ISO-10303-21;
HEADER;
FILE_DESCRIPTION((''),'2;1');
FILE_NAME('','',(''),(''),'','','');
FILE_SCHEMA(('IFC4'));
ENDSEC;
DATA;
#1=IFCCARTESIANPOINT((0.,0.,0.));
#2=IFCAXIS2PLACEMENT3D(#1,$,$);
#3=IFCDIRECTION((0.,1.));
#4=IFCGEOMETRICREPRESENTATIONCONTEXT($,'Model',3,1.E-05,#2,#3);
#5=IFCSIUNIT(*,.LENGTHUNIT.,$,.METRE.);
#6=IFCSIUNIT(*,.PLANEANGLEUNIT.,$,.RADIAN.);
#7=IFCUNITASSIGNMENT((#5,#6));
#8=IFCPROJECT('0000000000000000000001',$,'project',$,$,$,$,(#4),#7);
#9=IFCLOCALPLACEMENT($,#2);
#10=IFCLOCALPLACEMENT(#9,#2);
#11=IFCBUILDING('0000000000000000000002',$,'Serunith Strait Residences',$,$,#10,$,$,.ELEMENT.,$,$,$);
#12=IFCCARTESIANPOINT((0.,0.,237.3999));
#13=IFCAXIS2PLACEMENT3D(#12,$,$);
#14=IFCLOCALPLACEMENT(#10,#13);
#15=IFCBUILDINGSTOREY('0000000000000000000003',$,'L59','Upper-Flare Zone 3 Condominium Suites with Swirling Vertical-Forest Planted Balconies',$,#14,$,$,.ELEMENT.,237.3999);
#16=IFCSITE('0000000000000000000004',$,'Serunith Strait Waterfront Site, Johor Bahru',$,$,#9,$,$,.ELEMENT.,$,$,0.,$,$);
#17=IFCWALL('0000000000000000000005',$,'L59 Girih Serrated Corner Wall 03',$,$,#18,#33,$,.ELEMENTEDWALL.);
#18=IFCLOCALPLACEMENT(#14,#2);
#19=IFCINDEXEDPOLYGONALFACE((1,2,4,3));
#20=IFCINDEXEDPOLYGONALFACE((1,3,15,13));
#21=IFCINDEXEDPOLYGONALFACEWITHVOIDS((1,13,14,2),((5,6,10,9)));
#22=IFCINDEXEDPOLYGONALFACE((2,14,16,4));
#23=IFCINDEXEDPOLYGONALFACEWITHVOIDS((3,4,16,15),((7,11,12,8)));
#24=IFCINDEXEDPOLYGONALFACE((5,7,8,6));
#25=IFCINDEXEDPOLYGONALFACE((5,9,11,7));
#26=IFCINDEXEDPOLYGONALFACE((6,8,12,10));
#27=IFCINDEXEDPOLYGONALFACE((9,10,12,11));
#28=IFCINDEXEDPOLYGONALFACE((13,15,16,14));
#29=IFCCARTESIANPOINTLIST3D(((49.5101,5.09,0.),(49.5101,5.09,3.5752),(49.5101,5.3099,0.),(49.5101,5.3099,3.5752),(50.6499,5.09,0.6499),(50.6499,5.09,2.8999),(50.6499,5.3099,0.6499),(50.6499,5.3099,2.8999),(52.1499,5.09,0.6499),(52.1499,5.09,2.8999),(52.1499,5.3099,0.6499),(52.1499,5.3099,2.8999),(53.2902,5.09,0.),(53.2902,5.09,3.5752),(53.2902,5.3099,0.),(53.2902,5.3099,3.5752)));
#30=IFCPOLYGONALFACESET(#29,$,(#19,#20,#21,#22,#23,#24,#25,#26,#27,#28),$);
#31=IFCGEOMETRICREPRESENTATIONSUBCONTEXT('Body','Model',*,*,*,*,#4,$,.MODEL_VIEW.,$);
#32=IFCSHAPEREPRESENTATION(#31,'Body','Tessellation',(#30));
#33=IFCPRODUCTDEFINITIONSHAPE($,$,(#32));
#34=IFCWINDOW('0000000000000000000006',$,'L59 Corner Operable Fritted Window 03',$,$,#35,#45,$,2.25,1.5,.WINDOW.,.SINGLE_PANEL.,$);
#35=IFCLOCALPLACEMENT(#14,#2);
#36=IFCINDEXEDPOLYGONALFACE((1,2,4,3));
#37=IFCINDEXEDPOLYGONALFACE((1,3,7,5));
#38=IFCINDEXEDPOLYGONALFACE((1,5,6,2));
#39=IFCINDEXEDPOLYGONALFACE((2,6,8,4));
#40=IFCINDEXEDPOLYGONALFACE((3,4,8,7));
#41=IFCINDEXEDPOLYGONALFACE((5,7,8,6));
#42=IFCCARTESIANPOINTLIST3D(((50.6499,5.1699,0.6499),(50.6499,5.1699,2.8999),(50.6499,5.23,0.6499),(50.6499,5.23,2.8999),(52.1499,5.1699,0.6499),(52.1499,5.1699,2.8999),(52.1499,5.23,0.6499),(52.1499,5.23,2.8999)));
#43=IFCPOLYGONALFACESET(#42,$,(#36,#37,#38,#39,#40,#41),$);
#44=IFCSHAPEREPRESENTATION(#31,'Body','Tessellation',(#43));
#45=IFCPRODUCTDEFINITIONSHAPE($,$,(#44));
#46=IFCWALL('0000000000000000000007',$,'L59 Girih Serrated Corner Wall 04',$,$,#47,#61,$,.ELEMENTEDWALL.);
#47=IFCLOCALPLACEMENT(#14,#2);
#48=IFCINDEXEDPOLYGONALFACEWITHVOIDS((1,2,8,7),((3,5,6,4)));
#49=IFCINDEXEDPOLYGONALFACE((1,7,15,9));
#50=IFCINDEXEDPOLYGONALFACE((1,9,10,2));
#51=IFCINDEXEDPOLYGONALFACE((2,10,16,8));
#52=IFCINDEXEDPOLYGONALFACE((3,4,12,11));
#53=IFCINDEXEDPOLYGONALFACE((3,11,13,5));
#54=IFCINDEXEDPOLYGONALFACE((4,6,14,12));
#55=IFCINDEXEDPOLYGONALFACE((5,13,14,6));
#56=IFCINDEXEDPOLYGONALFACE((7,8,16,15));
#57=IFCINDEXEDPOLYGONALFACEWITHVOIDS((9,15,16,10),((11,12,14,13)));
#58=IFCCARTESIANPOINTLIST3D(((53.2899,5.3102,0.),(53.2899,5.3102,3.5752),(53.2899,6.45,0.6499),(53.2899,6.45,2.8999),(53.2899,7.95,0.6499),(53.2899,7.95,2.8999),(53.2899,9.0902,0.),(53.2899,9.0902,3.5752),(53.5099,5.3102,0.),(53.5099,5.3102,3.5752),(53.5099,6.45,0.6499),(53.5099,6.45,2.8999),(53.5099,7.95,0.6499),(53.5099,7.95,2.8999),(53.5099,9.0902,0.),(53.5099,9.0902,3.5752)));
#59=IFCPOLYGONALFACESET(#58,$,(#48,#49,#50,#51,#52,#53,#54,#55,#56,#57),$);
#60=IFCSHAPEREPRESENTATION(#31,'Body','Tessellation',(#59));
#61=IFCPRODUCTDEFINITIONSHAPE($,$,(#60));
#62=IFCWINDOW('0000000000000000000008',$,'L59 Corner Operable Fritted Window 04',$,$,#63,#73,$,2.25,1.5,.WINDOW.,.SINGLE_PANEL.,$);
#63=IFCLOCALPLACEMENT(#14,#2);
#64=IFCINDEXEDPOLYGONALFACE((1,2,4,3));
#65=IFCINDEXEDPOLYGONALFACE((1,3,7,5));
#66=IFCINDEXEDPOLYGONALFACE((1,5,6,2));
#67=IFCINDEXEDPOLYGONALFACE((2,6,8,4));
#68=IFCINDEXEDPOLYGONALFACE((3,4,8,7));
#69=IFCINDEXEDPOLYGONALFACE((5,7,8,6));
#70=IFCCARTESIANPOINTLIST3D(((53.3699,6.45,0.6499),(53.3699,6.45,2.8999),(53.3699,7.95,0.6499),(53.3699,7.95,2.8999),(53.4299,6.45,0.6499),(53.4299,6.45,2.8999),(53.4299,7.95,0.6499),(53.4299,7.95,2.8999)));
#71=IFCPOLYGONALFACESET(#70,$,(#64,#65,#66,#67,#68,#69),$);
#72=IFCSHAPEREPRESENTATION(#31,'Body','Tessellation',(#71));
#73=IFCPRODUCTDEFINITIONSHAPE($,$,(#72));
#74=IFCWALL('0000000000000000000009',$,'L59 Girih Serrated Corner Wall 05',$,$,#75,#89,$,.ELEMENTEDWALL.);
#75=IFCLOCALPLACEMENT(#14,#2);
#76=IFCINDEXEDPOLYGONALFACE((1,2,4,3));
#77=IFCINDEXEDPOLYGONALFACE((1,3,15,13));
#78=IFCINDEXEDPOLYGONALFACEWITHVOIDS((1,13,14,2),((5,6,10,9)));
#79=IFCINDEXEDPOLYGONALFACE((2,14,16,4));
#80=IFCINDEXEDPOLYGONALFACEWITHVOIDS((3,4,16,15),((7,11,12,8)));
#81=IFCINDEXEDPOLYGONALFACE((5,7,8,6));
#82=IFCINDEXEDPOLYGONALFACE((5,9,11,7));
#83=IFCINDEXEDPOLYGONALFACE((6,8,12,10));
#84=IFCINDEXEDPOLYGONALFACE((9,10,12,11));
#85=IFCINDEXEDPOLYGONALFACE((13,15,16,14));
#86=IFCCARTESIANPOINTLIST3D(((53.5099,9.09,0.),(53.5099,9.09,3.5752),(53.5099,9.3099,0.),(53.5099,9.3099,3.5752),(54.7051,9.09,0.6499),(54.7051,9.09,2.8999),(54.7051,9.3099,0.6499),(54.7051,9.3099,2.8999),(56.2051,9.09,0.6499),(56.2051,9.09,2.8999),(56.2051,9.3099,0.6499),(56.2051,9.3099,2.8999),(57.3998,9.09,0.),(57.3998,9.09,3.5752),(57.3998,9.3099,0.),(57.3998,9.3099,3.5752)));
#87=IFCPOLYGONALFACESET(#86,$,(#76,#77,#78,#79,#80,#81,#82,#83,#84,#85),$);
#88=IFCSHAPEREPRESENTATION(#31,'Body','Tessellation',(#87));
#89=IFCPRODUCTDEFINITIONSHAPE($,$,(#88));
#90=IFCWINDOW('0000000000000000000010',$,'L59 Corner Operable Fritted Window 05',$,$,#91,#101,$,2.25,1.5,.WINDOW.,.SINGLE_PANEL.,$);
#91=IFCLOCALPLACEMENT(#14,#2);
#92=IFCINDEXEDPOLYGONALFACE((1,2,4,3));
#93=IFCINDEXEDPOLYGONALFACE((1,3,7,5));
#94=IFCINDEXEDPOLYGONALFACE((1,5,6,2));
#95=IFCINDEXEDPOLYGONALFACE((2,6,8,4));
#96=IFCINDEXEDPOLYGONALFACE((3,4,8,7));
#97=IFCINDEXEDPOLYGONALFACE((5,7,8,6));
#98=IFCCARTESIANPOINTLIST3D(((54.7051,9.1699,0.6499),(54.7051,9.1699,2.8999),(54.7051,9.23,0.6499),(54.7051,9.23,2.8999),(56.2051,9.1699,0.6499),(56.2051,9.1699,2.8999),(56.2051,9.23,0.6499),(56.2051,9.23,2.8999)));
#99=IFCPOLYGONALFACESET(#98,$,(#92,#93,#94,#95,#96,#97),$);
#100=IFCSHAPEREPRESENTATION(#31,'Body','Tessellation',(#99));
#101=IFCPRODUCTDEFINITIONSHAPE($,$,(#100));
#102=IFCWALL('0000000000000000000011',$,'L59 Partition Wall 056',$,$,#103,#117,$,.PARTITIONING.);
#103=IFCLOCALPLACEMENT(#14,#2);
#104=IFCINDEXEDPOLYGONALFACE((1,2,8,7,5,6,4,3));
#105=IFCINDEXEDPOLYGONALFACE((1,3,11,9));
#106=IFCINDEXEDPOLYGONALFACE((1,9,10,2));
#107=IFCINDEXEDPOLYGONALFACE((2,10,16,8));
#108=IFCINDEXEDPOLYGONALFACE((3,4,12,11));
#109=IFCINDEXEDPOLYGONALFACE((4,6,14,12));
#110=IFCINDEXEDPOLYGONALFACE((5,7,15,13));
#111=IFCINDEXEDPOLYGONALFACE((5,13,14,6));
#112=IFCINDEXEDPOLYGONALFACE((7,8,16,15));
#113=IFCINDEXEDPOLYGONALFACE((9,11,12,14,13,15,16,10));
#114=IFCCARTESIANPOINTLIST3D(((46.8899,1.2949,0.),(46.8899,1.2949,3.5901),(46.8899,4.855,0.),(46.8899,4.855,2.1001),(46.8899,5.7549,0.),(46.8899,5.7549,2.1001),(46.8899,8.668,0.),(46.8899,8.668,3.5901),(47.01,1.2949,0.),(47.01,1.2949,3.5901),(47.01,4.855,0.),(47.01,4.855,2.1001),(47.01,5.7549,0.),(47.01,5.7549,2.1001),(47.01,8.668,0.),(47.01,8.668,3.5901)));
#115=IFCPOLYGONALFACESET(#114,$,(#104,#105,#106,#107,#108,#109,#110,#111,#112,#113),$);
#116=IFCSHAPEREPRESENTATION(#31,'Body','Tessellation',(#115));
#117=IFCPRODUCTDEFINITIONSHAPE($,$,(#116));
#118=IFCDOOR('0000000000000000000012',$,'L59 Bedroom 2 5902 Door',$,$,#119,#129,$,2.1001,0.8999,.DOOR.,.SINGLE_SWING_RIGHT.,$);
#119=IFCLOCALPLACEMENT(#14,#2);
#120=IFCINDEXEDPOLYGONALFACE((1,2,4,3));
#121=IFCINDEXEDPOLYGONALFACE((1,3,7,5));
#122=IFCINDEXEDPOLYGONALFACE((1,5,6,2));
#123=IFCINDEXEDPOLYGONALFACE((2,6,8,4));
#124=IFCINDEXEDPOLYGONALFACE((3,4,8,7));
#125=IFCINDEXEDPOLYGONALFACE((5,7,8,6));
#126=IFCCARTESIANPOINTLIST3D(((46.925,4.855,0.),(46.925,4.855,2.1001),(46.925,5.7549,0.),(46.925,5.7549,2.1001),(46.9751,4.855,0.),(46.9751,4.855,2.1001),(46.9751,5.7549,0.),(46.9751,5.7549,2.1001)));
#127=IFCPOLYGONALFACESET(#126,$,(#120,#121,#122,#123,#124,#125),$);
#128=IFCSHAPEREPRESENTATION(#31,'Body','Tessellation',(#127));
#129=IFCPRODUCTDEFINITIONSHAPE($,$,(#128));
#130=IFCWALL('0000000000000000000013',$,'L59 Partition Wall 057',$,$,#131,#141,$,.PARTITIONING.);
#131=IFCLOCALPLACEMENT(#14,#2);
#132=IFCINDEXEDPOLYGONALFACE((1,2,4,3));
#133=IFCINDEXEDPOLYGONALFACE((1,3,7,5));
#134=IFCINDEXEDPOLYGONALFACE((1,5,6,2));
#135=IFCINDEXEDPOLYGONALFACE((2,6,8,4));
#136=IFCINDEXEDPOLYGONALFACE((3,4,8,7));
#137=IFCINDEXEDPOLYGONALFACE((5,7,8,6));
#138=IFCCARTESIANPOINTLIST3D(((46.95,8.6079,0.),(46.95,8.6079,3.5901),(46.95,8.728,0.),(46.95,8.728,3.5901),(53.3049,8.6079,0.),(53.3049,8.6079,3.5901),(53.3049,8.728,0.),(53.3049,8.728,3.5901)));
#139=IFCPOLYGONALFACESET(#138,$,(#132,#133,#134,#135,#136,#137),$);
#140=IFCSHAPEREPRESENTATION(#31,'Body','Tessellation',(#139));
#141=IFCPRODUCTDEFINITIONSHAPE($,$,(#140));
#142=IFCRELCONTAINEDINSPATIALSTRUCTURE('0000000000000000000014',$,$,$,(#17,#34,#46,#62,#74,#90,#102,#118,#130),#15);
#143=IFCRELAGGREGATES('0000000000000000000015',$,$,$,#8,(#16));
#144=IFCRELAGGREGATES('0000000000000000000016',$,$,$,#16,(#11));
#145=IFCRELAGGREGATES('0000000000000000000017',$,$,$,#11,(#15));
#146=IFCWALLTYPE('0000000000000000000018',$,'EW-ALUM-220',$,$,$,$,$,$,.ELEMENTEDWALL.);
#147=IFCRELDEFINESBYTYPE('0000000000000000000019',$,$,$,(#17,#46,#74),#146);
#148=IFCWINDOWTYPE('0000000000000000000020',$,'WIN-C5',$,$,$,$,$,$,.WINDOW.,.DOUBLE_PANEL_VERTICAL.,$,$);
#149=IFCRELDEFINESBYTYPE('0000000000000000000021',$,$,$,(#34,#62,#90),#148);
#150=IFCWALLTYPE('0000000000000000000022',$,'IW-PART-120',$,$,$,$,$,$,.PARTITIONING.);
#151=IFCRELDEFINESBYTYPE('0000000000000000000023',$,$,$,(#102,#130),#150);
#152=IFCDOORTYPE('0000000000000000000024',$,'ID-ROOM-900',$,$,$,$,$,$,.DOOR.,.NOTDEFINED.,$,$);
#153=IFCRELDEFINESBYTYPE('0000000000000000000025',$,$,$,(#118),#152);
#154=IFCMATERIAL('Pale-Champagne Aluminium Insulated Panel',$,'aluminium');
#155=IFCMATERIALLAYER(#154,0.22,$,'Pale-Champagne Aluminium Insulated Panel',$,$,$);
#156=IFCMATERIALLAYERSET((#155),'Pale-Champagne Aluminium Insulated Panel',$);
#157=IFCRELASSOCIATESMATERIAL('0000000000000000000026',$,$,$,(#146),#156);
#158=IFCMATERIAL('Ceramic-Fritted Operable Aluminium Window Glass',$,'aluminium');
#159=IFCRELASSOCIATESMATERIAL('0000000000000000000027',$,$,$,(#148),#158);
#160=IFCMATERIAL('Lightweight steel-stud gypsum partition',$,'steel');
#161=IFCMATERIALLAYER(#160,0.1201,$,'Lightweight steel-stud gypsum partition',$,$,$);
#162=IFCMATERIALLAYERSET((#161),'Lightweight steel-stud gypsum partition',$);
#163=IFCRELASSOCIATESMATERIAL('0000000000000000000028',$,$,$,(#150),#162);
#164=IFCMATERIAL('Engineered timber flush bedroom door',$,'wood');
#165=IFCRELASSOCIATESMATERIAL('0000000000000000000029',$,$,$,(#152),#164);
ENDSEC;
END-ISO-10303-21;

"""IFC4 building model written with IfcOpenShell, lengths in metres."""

from ifc_helpers import new_model, si_unit, direction, frame, frame_2d, origin, place, context, subcontext, project, spatial, rectangle, extrude, source, transform, mapped, material, layer, layer_set, type_object, element, fill, save


model = new_model("IFC4")

# Units and contexts
model_context = context("Model", 3, precision=1e-05, world=origin(), true_north=direction((0.0, 1.0)))
body_context = subcontext(model_context, "Body", "Model", "MODEL_VIEW")
ifc_project = project(units=[si_unit("LENGTHUNIT", "METRE"), si_unit("PLANEANGLEUNIT", "RADIAN")], contexts=[model_context])

# Site, building, storey
site_placement = place(None, origin())
site = spatial("IfcSite", under=ifc_project, at=site_placement, Name="Serunith Strait Waterfront Site, Johor Bahru", CompositionType="ELEMENT", RefElevation=0.0)
building_placement = place(site_placement, origin())
building = spatial("IfcBuilding", under=site, at=building_placement, Name="Serunith Strait Residences", CompositionType="ELEMENT")
storey_placement = place(building_placement, frame((0.0, 0.0, 237.3999)))
storey = spatial("IfcBuildingStorey", under=building, at=storey_placement, Name="L59", Description="Upper-Flare Zone 3 Condominium Suites with Swirling Vertical-Forest Planted Balconies", CompositionType="ELEMENT", Elevation=237.3999)

# Walls, openings, windows
ifc_material_1 = material(Name="Pale-Champagne Aluminium Insulated Panel", Category="aluminium")
ifc_layer_1 = layer(ifc_material_1, 0.22, Name="Pale-Champagne Aluminium Insulated Panel")
ifc_layer_set_1 = layer_set([ifc_layer_1], Name="Pale-Champagne Aluminium Insulated Panel")
wall_type_1 = type_object("IfcWallType", Name="EW-ALUM-220", PredefinedType="ELEMENTEDWALL", material=ifc_layer_set_1)
ifc_material_2 = material(Name="Ceramic-Fritted Operable Aluminium Window Glass", Category="aluminium")
window_type = type_object("IfcWindowType", Name="WIN-C5", PartitioningType="DOUBLE_PANEL_VERTICAL", PredefinedType="WINDOW", material=ifc_material_2)
shared_shape_1 = source(origin(), body_context, "Body", "SweptSolid", [
    extrude(rectangle(XDim=1.5, YDim=2.25, at=frame_2d((0.75, 1.125))), frame((0.0, 0.03, 0.0), z_axis=(0.0, -1.0, 0.0), x_axis=(1.0, 0.0, 0.0)), (0.0, 0.0, 1.0), 0.0601),
])
wall_1_placement = place(storey_placement, frame((49.51, 5.2, 0.0), z_axis=(0.0, 0.0, 1.0), x_axis=(1.0, 0.0, 0.0)))
wall_1 = element("IfcWall", 1, at=wall_1_placement, inside=storey, type_object=wall_type_1, Name="L59 Girih Serrated Corner Wall 03", PredefinedType="ELEMENTEDWALL", context=body_context, shape_type="SweptSolid", body=[
    extrude(rectangle(XDim=3.78, YDim=0.22, at=frame_2d((1.8901, 0.0))), origin(), (0.0, 0.0, 1.0), 3.5752),
])
opening_1_placement = place(wall_1_placement, frame((1.1399, 0.0, 0.6499)))
opening_1 = element("IfcOpeningElement", 2, at=opening_1_placement, cuts=wall_1, PredefinedType="OPENING", context=body_context, shape_type="SweptSolid", body=[
    extrude(rectangle(XDim=1.5, YDim=2.25, at=frame_2d((0.75, 1.125))), frame((0.0, 0.1201, 0.0), z_axis=(0.0, -1.0, 0.0), x_axis=(1.0, 0.0, 0.0)), (0.0, 0.0, 1.0), 0.24),
])
window_1_placement = place(opening_1_placement, origin())
window_1 = element("IfcWindow", 3, at=window_1_placement, inside=storey, type_object=window_type, Name="L59 Corner Operable Fritted Window 03", OverallHeight=2.25, OverallWidth=1.5, PartitioningType="SINGLE_PANEL", PredefinedType="WINDOW", context=body_context, shape_type="MappedRepresentation", body=[
    mapped(shared_shape_1, transform((0.0, 0.0, 0.0), scale=1.0)),
])
fill(opening_1, window_1)
wall_2_placement = place(storey_placement, frame((53.3999, 5.3101, 0.0), z_axis=(0.0, 0.0, 1.0), x_axis=(0.0, 1.0, 0.0)))
wall_2 = element("IfcWall", 4, at=wall_2_placement, inside=storey, type_object=wall_type_1, Name="L59 Girih Serrated Corner Wall 04", PredefinedType="ELEMENTEDWALL", context=body_context, shape_type="SweptSolid", body=[
    extrude(rectangle(XDim=3.78, YDim=0.22, at=frame_2d((1.8901, 0.0))), origin(), (0.0, 0.0, 1.0), 3.5752),
])
opening_2_placement = place(wall_2_placement, frame((1.1399, 0.0, 0.6499)))
opening_2 = element("IfcOpeningElement", 5, at=opening_2_placement, cuts=wall_2, PredefinedType="OPENING", context=body_context, shape_type="SweptSolid", body=[
    extrude(rectangle(XDim=1.5, YDim=2.25, at=frame_2d((0.75, 1.125))), frame((0.0, 0.1201, 0.0), z_axis=(0.0, -1.0, 0.0), x_axis=(1.0, 0.0, 0.0)), (0.0, 0.0, 1.0), 0.24),
])
window_2_placement = place(opening_2_placement, origin())
window_2 = element("IfcWindow", 6, at=window_2_placement, inside=storey, type_object=window_type, Name="L59 Corner Operable Fritted Window 04", OverallHeight=2.25, OverallWidth=1.5, PartitioningType="SINGLE_PANEL", PredefinedType="WINDOW", context=body_context, shape_type="MappedRepresentation", body=[
    mapped(shared_shape_1, transform((0.0, 0.0, 0.0), scale=1.0)),
])
fill(opening_2, window_2)
wall_3_placement = place(storey_placement, frame((53.51, 9.2, 0.0), z_axis=(0.0, 0.0, 1.0), x_axis=(1.0, 0.0, 0.0)))
wall_3 = element("IfcWall", 7, at=wall_3_placement, inside=storey, type_object=wall_type_1, Name="L59 Girih Serrated Corner Wall 05", PredefinedType="ELEMENTEDWALL", context=body_context, shape_type="SweptSolid", body=[
    extrude(rectangle(XDim=3.8899, YDim=0.22, at=frame_2d((1.9448, 0.0))), origin(), (0.0, 0.0, 1.0), 3.5752),
])
opening_3_placement = place(wall_3_placement, frame((1.1951, 0.0, 0.6499)))
opening_3 = element("IfcOpeningElement", 8, at=opening_3_placement, cuts=wall_3, PredefinedType="OPENING", context=body_context, shape_type="SweptSolid", body=[
    extrude(rectangle(XDim=1.5, YDim=2.25, at=frame_2d((0.75, 1.125))), frame((0.0, 0.1201, 0.0), z_axis=(0.0, -1.0, 0.0), x_axis=(1.0, 0.0, 0.0)), (0.0, 0.0, 1.0), 0.24),
])
window_3_placement = place(opening_3_placement, origin())
window_3 = element("IfcWindow", 9, at=window_3_placement, inside=storey, type_object=window_type, Name="L59 Corner Operable Fritted Window 05", OverallHeight=2.25, OverallWidth=1.5, PartitioningType="SINGLE_PANEL", PredefinedType="WINDOW", context=body_context, shape_type="MappedRepresentation", body=[
    mapped(shared_shape_1, transform((0.0, 0.0, 0.0), scale=1.0)),
])
fill(opening_3, window_3)

# Wall, opening, door
ifc_material_3 = material(Name="Lightweight steel-stud gypsum partition", Category="steel")
ifc_layer_2 = layer(ifc_material_3, 0.1201, Name="Lightweight steel-stud gypsum partition")
ifc_layer_set_2 = layer_set([ifc_layer_2], Name="Lightweight steel-stud gypsum partition")
wall_type_2 = type_object("IfcWallType", Name="IW-PART-120", PredefinedType="PARTITIONING", material=ifc_layer_set_2)
wall_4_placement = place(storey_placement, frame((46.95, 1.2949, 0.0), z_axis=(0.0, 0.0, 1.0), x_axis=(0.0, 1.0, 0.0)))
wall_4 = element("IfcWall", 10, at=wall_4_placement, inside=storey, type_object=wall_type_2, Name="L59 Partition Wall 056", PredefinedType="PARTITIONING", context=body_context, shape_type="SweptSolid", body=[
    extrude(rectangle(XDim=7.373, YDim=0.1201, at=frame_2d((3.6865, 0.0))), origin(), (0.0, 0.0, 1.0), 3.5901),
])
opening_4_placement = place(wall_4_placement, frame((3.5601, 0.0, 0.0)))
opening_4 = element("IfcOpeningElement", 11, at=opening_4_placement, cuts=wall_4, PredefinedType="OPENING", context=body_context, shape_type="SweptSolid", body=[
    extrude(rectangle(XDim=0.8999, YDim=2.1001, at=frame_2d((0.45, 1.05))), frame((0.0, 0.0701, 0.0), z_axis=(0.0, -1.0, 0.0), x_axis=(1.0, 0.0, 0.0)), (0.0, 0.0, 1.0), 0.1401),
])
ifc_material_4 = material(Name="Engineered timber flush bedroom door", Category="wood")
door_type_1 = type_object("IfcDoorType", Name="ID-ROOM-900", OperationType="NOTDEFINED", PredefinedType="DOOR", material=ifc_material_4)
shared_shape_2 = source(origin(), body_context, "Body", "SweptSolid", [
    extrude(rectangle(XDim=0.8999, YDim=2.1001, at=frame_2d((0.45, 1.05))), frame((0.0, 0.0249, 0.0), z_axis=(0.0, -1.0, 0.0), x_axis=(1.0, 0.0, 0.0)), (0.0, 0.0, 1.0), 0.05),
])
door_1_placement = place(opening_4_placement, origin())
door_1 = element("IfcDoor", 12, at=door_1_placement, inside=storey, type_object=door_type_1, Name="L59 Bedroom 2 5902 Door", OperationType="SINGLE_SWING_RIGHT", OverallHeight=2.1001, OverallWidth=0.8999, PredefinedType="DOOR", context=body_context, shape_type="MappedRepresentation", body=[
    mapped(shared_shape_2, transform((0.0, 0.0, 0.0), scale=1.0)),
])
fill(opening_4, door_1)

# Wall
wall_5_placement = place(storey_placement, frame((46.95, 8.668, 0.0), z_axis=(0.0, 0.0, 1.0), x_axis=(1.0, 0.0, 0.0)))
element("IfcWall", 13, at=wall_5_placement, inside=storey, type_object=wall_type_2, Name="L59 Partition Wall 057", PredefinedType="PARTITIONING", context=body_context, shape_type="SweptSolid", body=[
    extrude(rectangle(XDim=6.355, YDim=0.1201, at=frame_2d((3.1775, 0.0))), origin(), (0.0, 0.0, 1.0), 3.5901),
])

save(model, "model.ifc")
